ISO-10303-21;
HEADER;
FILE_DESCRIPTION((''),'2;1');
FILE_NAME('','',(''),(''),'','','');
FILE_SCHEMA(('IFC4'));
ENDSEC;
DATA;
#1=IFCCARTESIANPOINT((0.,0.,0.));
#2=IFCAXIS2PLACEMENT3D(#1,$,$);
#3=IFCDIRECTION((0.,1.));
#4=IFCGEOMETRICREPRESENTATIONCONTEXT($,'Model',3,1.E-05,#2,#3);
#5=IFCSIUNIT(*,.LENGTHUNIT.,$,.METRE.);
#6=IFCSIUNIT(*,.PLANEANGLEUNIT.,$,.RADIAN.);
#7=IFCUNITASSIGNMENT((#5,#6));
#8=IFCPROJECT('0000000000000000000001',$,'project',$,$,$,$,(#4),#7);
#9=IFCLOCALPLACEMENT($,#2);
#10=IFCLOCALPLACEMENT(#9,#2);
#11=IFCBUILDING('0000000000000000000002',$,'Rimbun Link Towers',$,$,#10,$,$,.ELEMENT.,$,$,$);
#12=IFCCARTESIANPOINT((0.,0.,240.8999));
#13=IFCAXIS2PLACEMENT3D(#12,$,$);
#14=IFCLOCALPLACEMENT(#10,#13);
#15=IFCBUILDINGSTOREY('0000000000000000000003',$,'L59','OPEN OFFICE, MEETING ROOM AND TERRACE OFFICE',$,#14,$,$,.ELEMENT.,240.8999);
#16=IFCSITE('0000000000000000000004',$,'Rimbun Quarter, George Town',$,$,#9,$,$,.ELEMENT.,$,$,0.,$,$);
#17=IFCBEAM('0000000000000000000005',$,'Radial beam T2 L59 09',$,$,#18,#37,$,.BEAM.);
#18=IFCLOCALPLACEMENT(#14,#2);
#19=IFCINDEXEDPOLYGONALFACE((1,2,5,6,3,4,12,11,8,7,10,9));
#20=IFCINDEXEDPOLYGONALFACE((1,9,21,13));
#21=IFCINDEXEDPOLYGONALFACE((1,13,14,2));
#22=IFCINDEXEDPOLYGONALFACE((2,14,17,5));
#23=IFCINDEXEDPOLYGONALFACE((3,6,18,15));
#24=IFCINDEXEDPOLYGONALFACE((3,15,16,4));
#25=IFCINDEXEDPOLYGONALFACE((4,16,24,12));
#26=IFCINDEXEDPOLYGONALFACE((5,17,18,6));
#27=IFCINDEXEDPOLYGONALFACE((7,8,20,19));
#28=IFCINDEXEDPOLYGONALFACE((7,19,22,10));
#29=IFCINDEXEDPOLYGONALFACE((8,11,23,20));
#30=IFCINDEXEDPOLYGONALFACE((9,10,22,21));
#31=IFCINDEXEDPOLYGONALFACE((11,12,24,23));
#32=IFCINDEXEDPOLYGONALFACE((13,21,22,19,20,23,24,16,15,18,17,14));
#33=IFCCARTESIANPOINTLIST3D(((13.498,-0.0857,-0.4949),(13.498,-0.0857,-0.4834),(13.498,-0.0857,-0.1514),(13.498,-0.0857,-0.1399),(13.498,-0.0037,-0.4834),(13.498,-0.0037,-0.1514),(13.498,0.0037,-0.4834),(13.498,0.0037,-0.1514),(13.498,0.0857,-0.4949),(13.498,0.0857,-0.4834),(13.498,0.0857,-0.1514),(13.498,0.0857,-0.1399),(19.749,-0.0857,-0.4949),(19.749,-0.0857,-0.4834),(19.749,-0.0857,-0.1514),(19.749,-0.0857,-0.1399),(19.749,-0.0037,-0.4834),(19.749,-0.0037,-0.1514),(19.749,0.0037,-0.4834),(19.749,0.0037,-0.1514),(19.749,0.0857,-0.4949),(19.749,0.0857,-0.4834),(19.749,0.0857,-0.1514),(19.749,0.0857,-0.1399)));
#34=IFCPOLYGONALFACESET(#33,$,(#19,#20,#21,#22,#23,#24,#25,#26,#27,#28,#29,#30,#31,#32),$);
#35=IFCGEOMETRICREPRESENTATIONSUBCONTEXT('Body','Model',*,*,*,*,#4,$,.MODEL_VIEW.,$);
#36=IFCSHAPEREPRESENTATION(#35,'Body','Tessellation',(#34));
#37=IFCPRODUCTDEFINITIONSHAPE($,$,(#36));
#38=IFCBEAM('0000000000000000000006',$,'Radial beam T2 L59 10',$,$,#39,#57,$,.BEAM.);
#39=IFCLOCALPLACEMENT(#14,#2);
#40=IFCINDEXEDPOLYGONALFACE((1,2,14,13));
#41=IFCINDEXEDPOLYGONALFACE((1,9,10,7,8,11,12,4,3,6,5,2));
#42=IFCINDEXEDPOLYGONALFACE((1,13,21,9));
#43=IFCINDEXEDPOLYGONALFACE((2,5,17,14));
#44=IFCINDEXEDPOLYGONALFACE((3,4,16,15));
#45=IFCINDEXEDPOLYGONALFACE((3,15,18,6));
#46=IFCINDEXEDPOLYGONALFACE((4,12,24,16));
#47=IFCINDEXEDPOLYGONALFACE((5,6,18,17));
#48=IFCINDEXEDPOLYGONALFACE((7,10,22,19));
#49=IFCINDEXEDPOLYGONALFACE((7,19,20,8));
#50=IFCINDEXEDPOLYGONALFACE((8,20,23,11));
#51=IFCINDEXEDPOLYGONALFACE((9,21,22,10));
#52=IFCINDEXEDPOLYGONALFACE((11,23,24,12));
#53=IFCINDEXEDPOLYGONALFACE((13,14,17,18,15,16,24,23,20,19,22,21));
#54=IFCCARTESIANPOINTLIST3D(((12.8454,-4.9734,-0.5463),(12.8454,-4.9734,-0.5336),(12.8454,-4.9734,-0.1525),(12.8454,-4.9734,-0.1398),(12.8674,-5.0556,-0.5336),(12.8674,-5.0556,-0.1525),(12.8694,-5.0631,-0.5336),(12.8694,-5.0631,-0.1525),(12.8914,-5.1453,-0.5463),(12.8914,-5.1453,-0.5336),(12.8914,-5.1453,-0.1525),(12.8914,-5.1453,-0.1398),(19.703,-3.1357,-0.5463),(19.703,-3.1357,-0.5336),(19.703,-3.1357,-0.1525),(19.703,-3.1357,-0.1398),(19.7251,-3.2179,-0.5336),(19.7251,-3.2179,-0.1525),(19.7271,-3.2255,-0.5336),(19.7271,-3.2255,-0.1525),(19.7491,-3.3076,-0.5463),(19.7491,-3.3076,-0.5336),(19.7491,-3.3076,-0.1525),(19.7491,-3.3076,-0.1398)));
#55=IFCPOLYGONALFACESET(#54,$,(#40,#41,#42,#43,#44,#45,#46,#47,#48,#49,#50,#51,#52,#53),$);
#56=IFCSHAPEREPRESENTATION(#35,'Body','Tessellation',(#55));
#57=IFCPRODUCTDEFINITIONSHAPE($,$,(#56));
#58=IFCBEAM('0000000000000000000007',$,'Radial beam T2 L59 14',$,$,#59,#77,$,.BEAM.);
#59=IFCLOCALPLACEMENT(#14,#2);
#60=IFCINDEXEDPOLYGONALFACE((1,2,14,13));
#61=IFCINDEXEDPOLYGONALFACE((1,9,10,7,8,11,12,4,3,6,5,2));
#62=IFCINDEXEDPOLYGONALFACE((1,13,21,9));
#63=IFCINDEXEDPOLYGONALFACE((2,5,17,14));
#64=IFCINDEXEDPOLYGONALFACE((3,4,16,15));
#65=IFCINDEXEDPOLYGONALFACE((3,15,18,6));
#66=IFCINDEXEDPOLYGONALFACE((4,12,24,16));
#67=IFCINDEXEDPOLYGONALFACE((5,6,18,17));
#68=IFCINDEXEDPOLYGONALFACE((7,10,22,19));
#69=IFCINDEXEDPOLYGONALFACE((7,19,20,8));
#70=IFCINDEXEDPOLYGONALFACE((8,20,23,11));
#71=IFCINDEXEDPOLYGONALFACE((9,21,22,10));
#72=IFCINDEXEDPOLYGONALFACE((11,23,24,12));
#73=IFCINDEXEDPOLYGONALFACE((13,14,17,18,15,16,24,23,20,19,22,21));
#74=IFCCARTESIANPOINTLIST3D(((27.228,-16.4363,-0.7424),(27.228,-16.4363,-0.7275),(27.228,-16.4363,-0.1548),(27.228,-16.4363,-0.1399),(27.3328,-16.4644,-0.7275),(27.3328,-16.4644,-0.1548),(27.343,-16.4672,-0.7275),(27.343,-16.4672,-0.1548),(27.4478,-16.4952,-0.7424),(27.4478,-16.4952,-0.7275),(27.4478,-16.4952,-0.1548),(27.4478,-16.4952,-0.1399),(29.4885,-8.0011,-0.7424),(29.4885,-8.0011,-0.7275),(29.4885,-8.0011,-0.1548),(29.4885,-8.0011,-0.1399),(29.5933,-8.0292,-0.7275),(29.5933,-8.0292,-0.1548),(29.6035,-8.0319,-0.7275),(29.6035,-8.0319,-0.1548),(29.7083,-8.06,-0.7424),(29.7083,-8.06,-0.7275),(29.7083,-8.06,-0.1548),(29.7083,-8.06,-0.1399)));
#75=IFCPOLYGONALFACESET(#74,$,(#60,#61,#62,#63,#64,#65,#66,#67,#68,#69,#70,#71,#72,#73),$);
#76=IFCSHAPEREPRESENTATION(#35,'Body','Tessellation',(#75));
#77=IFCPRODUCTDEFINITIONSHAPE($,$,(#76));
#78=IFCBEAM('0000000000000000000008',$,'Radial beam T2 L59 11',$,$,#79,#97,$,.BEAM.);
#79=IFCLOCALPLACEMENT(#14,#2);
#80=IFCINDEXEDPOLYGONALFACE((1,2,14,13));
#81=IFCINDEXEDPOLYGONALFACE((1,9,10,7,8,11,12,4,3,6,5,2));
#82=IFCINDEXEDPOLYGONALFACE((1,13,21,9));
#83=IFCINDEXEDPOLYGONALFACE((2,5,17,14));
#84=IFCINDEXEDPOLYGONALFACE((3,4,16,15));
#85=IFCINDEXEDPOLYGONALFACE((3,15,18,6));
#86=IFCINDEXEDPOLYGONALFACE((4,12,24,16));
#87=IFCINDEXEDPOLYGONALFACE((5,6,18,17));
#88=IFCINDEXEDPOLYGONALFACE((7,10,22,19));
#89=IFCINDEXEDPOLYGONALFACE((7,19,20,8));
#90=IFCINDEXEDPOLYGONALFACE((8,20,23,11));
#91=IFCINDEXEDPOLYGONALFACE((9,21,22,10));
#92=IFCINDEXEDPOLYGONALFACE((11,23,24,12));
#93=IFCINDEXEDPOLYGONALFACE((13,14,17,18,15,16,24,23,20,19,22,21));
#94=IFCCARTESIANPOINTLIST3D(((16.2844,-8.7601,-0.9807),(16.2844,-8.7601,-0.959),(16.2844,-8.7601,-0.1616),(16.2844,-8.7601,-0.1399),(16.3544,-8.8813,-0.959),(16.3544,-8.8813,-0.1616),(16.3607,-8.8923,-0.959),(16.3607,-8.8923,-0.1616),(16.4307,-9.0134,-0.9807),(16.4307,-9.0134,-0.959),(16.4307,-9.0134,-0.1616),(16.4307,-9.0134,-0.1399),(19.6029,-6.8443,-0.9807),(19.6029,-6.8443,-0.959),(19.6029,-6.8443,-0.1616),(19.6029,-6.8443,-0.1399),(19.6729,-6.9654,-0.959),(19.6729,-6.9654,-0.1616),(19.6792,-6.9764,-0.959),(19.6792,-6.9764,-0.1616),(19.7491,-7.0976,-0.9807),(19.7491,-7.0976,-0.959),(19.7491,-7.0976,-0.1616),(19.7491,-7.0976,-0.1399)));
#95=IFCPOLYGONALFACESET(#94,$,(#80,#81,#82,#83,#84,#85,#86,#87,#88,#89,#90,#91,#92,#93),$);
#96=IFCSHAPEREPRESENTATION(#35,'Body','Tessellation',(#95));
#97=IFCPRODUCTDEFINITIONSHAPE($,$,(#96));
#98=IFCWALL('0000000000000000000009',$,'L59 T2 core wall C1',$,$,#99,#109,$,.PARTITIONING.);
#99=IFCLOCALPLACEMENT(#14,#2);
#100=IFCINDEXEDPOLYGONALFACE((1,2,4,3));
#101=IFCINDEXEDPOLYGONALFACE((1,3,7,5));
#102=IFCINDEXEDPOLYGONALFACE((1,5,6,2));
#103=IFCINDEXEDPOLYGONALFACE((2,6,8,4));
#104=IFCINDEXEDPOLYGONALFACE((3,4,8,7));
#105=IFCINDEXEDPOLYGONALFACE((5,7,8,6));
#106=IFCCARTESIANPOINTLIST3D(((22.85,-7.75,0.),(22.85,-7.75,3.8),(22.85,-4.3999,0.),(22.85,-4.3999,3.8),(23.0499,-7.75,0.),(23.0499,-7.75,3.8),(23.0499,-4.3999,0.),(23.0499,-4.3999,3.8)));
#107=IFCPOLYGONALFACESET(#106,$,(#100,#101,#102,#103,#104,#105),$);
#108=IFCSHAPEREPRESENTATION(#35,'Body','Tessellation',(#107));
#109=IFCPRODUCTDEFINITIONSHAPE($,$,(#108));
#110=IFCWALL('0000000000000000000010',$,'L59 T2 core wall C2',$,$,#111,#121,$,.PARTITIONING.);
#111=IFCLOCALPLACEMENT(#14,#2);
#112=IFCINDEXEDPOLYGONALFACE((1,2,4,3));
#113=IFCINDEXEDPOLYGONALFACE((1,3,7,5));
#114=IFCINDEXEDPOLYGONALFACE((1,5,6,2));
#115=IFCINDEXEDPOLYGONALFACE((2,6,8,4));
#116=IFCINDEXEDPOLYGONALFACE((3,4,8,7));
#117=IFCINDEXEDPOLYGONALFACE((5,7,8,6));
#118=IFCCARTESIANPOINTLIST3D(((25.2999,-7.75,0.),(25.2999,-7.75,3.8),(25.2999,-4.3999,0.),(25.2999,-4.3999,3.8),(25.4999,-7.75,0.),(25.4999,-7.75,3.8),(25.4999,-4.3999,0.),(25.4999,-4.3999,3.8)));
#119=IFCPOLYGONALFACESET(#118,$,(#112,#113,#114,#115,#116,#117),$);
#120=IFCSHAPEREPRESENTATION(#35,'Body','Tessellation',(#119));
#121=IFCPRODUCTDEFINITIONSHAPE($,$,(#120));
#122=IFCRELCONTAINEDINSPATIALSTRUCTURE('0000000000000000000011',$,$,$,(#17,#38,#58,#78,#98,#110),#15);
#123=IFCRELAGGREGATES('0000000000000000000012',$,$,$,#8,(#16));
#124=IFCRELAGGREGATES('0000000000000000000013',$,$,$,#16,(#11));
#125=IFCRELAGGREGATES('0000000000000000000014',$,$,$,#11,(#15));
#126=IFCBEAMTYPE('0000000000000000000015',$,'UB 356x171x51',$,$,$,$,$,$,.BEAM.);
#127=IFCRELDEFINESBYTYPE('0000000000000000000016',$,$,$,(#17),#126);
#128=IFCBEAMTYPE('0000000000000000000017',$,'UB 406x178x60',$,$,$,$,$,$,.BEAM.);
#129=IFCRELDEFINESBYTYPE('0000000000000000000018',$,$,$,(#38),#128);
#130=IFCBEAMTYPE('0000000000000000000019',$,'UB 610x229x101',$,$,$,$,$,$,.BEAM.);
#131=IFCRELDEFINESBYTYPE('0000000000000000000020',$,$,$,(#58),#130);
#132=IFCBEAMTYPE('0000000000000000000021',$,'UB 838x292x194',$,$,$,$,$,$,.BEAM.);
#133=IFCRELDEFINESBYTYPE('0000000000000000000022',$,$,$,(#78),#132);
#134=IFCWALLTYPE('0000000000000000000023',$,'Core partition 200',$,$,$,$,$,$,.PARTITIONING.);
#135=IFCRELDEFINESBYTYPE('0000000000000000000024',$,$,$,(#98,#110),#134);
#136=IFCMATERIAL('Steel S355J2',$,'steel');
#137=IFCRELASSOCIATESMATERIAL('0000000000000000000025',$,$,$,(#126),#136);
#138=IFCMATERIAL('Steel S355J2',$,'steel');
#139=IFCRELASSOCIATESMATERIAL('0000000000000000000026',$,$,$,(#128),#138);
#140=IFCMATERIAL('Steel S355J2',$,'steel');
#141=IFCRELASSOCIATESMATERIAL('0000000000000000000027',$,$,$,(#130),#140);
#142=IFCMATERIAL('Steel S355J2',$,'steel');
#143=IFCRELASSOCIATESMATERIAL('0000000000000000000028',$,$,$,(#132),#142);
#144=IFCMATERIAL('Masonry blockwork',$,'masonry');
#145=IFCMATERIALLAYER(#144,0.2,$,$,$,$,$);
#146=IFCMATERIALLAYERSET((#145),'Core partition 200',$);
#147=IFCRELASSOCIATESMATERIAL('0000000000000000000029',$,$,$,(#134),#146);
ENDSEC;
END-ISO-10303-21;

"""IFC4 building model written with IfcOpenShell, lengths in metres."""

from ifc_helpers import new_model, si_unit, direction, frame, frame_2d, origin, origin_2d, place, context, subcontext, project, spatial, rectangle, i_section, extrude, material, layer, layer_set, material_profile, profile_set, type_object, element, save


model = new_model("IFC4")

# Units and contexts
model_context = context("Model", 3, precision=1e-05, world=origin(), true_north=direction((0.0, 1.0)))
body_context = subcontext(model_context, "Body", "Model", "MODEL_VIEW")
ifc_project = project(units=[si_unit("LENGTHUNIT", "METRE"), si_unit("PLANEANGLEUNIT", "RADIAN")], contexts=[model_context])

# Site, building, storey
site_placement = place(None, origin())
site = spatial("IfcSite", under=ifc_project, at=site_placement, Name="Rimbun Quarter, George Town", CompositionType="ELEMENT", RefElevation=0.0)
building_placement = place(site_placement, origin())
building = spatial("IfcBuilding", under=site, at=building_placement, Name="Rimbun Link Towers", CompositionType="ELEMENT")
storey_placement = place(building_placement, frame((0.0, 0.0, 240.8999)))
storey = spatial("IfcBuildingStorey", under=building, at=storey_placement, Name="L59", Description="OPEN OFFICE, MEETING ROOM AND TERRACE OFFICE", CompositionType="ELEMENT", Elevation=240.8999)

# Beams
ifc_material_1 = material(Name="Steel S355J2", Category="steel")
ifc_material_profile_1 = material_profile(ifc_material_1, i_section(OverallWidth=0.1714, OverallDepth=0.355, WebThickness=0.0073, FlangeThickness=0.0115, at=origin_2d()), Name="UB 356x171x51")
ifc_profile_set_1 = profile_set([ifc_material_profile_1], Name="Steel S355J2")
beam_type_1 = type_object("IfcBeamType", Name="UB 356x171x51", PredefinedType="BEAM", material=ifc_profile_set_1)
beam_1_placement = place(storey_placement, frame((19.749, 0.0, -0.3174), z_axis=(-1.0, 0.0, 0.0), x_axis=(0.0, -1.0, 0.0)))
element("IfcBeam", 1, at=beam_1_placement, inside=storey, type_object=beam_type_1, Name="Radial beam T2 L59 09", PredefinedType="BEAM", context=body_context, shape_type="SweptSolid", body=[
    extrude(i_section(OverallWidth=0.1714, OverallDepth=0.355, WebThickness=0.0073, FlangeThickness=0.0115, at=origin_2d()), origin(), (0.0, 0.0, 1.0), 6.251),
])
ifc_material_2 = material(Name="Steel S355J2", Category="steel")
ifc_material_profile_2 = material_profile(ifc_material_2, i_section(OverallWidth=0.178, OverallDepth=0.4065, WebThickness=0.0078, FlangeThickness=0.0127, at=origin_2d()), Name="UB 406x178x60")
ifc_profile_set_2 = profile_set([ifc_material_profile_2], Name="Steel S355J2")
beam_type_2 = type_object("IfcBeamType", Name="UB 406x178x60", PredefinedType="BEAM", material=ifc_profile_set_2)
beam_2_placement = place(storey_placement, frame((19.7261, -3.2217, -0.343), z_axis=(-0.965921, -0.258837, 0.0), x_axis=(0.258837, -0.965921, 0.0)))
element("IfcBeam", 2, at=beam_2_placement, inside=storey, type_object=beam_type_2, Name="Radial beam T2 L59 10", PredefinedType="BEAM", context=body_context, shape_type="SweptSolid", body=[
    extrude(i_section(OverallWidth=0.178, OverallDepth=0.4065, WebThickness=0.0078, FlangeThickness=0.0127, at=origin_2d()), origin(), (0.0, 0.0, 1.0), 7.0996),
])
ifc_material_3 = material(Name="Steel S355J2", Category="steel")
ifc_material_profile_3 = material_profile(ifc_material_3, i_section(OverallWidth=0.2275, OverallDepth=0.6025, WebThickness=0.0105, FlangeThickness=0.0149, at=origin_2d()), Name="UB 610x229x101")
ifc_profile_set_3 = profile_set([ifc_material_profile_3], Name="Steel S355J2")
beam_type_3 = type_object("IfcBeamType", Name="UB 610x229x101", PredefinedType="BEAM", material=ifc_profile_set_3)
beam_3_placement = place(storey_placement, frame((29.5984, -8.0305, -0.4412), z_axis=(-0.258847, -0.965918, 0.0), x_axis=(0.965918, -0.258847, 0.0)))
element("IfcBeam", 3, at=beam_3_placement, inside=storey, type_object=beam_type_3, Name="Radial beam T2 L59 14", PredefinedType="BEAM", context=body_context, shape_type="SweptSolid", body=[
    extrude(i_section(OverallWidth=0.2275, OverallDepth=0.6025, WebThickness=0.0105, FlangeThickness=0.0149, at=origin_2d()), origin(), (0.0, 0.0, 1.0), 8.7329),
])
ifc_material_4 = material(Name="Steel S355J2", Category="steel")
ifc_material_profile_4 = material_profile(ifc_material_4, i_section(OverallWidth=0.2925, OverallDepth=0.8408, WebThickness=0.0127, FlangeThickness=0.0217, at=origin_2d()), Name="UB 838x292x194")
ifc_profile_set_4 = profile_set([ifc_material_profile_4], Name="Steel S355J2")
beam_type_4 = type_object("IfcBeamType", Name="UB 838x292x194", PredefinedType="BEAM", material=ifc_profile_set_4)
beam_4_placement = place(storey_placement, frame((19.676, -6.9709, -0.5603), z_axis=(-0.866035, -0.499984, 0.0), x_axis=(0.499984, -0.866035, 0.0)))
element("IfcBeam", 4, at=beam_4_placement, inside=storey, type_object=beam_type_4, Name="Radial beam T2 L59 11", PredefinedType="BEAM", context=body_context, shape_type="SweptSolid", body=[
    extrude(i_section(OverallWidth=0.2925, OverallDepth=0.8408, WebThickness=0.0127, FlangeThickness=0.0217, at=origin_2d()), origin(), (0.0, 0.0, 1.0), 3.8318),
])

# Walls
ifc_material_5 = material(Name="Masonry blockwork", Category="masonry")
ifc_layer_1 = layer(ifc_material_5, 0.2)
ifc_layer_set_1 = layer_set([ifc_layer_1], Name="Core partition 200")
wall_type_1 = type_object("IfcWallType", Name="Core partition 200", PredefinedType="PARTITIONING", material=ifc_layer_set_1)
for number, where, z_axis, x_axis, name in (
    (5, (22.95, -4.3999, 0.0), (0.0, 0.0, 1.0), (0.0, -1.0, 0.0), "L59 T2 core wall C1"),
    (6, (25.3999, -4.3999, 0.0), (0.0, 0.0, 1.0), (0.0, -1.0, 0.0), "L59 T2 core wall C2"),
):
    element("IfcWall", number, at=place(storey_placement, frame(where, z_axis=z_axis, x_axis=x_axis)), inside=storey, type_object=wall_type_1, Name=name, PredefinedType="PARTITIONING", context=body_context, shape_type="SweptSolid", body=[
        extrude(rectangle(XDim=3.3501, YDim=0.2, at=frame_2d((1.675, 0.0))), origin(), (0.0, 0.0, 1.0), 3.8),
    ])

save(model, "model.ifc")
